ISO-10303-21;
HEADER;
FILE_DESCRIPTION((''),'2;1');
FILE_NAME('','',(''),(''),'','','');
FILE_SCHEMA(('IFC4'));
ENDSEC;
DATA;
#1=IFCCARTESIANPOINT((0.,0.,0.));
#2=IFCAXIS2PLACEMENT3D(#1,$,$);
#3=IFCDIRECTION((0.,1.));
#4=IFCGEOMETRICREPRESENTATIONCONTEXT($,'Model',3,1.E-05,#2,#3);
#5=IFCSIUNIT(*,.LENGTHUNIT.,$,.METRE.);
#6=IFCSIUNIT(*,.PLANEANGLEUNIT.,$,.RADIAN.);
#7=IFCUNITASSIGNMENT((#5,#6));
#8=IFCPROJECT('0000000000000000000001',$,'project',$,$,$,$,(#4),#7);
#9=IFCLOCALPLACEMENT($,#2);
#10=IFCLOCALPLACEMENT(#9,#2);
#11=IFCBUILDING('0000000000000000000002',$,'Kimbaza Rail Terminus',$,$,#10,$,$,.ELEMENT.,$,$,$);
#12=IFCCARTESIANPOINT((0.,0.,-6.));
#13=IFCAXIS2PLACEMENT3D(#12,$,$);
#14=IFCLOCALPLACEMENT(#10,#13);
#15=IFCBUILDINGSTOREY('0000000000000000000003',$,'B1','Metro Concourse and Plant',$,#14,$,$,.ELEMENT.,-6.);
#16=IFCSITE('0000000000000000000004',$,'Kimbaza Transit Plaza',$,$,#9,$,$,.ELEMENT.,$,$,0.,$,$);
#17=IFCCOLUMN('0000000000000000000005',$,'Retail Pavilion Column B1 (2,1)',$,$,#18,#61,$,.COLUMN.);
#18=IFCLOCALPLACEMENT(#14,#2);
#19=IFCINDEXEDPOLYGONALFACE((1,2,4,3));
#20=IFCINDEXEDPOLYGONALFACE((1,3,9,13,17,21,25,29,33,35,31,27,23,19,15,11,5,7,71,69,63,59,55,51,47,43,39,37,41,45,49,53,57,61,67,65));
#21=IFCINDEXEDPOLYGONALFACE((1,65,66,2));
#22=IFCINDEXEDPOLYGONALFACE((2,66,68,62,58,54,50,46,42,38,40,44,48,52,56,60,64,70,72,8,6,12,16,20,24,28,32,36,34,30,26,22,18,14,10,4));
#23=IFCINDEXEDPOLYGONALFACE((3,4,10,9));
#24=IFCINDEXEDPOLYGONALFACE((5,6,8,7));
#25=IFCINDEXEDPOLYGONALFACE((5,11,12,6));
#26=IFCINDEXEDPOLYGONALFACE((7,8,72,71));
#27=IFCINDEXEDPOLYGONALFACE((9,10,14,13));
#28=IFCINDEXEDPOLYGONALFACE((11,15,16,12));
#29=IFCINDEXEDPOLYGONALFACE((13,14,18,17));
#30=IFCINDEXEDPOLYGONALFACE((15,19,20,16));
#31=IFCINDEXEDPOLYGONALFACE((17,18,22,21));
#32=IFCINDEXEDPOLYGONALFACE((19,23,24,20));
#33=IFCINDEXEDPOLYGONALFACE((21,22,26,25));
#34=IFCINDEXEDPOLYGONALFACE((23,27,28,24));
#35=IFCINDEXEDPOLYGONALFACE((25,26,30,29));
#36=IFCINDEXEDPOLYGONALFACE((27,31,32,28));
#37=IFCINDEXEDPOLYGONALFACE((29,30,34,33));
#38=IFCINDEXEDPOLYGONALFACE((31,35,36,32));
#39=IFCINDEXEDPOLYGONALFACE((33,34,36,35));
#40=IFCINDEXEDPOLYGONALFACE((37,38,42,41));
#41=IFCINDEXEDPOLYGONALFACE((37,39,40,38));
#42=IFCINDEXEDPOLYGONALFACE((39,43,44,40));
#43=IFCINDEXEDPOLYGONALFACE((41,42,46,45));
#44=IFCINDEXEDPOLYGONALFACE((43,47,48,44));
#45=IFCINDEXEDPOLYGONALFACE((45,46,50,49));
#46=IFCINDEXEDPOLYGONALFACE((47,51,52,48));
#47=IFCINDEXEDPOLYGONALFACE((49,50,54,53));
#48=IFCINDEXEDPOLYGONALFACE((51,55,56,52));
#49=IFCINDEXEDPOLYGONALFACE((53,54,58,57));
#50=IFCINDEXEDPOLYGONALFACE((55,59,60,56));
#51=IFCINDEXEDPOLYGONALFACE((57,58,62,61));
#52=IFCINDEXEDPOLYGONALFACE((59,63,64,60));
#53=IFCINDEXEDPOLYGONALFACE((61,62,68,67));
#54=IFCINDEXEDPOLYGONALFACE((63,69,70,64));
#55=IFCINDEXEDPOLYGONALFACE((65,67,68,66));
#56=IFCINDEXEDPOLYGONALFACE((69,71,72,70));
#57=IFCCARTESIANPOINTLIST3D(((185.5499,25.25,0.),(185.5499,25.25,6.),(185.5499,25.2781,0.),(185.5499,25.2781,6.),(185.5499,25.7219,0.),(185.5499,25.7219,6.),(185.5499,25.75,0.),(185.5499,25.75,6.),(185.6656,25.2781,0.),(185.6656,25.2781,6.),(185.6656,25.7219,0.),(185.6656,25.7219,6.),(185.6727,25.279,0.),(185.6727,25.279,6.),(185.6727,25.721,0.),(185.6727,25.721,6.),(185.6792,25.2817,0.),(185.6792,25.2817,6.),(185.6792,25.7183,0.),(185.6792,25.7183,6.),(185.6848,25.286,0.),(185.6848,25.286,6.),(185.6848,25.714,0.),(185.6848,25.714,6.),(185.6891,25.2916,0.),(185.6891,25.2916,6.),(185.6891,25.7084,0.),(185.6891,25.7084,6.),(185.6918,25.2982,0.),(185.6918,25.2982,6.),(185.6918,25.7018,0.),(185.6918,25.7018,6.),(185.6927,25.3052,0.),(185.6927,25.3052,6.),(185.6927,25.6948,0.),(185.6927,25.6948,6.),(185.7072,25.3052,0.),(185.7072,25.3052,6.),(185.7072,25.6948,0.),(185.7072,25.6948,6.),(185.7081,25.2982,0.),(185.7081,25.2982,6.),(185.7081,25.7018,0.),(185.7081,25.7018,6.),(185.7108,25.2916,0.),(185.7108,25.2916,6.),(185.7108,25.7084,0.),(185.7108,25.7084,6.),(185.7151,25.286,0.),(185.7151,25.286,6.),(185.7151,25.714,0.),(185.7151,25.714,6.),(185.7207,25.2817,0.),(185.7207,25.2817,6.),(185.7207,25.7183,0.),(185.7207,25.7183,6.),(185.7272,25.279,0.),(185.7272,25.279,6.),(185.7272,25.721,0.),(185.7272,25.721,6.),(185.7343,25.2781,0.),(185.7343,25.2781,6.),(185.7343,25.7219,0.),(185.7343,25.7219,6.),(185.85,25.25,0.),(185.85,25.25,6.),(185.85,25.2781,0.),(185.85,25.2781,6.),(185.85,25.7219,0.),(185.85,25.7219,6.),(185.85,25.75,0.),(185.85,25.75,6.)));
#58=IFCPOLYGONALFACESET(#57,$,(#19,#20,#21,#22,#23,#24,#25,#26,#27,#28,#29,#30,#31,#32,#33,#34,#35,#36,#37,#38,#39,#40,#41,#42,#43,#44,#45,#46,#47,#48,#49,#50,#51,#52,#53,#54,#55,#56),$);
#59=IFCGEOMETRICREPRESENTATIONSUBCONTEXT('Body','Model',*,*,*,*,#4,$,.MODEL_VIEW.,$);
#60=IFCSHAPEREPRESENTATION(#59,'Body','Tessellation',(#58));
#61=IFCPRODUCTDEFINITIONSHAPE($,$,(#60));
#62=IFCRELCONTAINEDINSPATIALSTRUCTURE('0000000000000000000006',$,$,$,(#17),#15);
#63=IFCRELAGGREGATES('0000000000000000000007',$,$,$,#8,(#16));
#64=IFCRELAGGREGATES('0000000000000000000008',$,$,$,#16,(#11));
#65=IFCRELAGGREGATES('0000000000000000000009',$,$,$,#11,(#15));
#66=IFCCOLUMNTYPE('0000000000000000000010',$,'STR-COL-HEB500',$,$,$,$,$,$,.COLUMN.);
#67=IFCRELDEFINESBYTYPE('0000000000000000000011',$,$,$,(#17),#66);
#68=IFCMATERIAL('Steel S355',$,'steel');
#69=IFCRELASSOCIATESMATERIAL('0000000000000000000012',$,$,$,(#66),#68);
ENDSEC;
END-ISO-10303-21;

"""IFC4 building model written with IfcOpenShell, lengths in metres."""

from ifc_helpers import new_model, si_unit, direction, frame, origin, origin_2d, place, context, subcontext, project, spatial, i_section, extrude, material, material_profile, profile_set, type_object, element, save


model = new_model("IFC4")

# Units and contexts
model_context = context("Model", 3, precision=1e-05, world=origin(), true_north=direction((0.0, 1.0)))
body_context = subcontext(model_context, "Body", "Model", "MODEL_VIEW")
ifc_project = project(units=[si_unit("LENGTHUNIT", "METRE"), si_unit("PLANEANGLEUNIT", "RADIAN")], contexts=[model_context])

# Site, building, storey
site_placement = place(None, origin())
site = spatial("IfcSite", under=ifc_project, at=site_placement, Name="Kimbaza Transit Plaza", CompositionType="ELEMENT", RefElevation=0.0)
building_placement = place(site_placement, origin())
building = spatial("IfcBuilding", under=site, at=building_placement, Name="Kimbaza Rail Terminus", CompositionType="ELEMENT")
storey_placement = place(building_placement, frame((0.0, 0.0, -6.0)))
storey = spatial("IfcBuildingStorey", under=building, at=storey_placement, Name="B1", Description="Metro Concourse and Plant", CompositionType="ELEMENT", Elevation=-6.0)

# Column
ifc_material_1 = material(Name="Steel S355", Category="steel")
ifc_material_profile_1 = material_profile(ifc_material_1, i_section(OverallWidth=0.3, OverallDepth=0.5, WebThickness=0.0144, FlangeThickness=0.0281, FilletRadius=0.0271, at=origin_2d()), Name="HEB 500")
ifc_profile_set_1 = profile_set([ifc_material_profile_1], Name="Steel S355")
column_type = type_object("IfcColumnType", Name="STR-COL-HEB500", PredefinedType="COLUMN", material=ifc_profile_set_1)
for number, where, z_axis, x_axis, name in (
    (1, (185.7, 25.5, 0.0), (0.0, 0.0, 1.0), (1.0, 0.0, 0.0), "Retail Pavilion Column B1 (2,1)"),
):
    element("IfcColumn", number, at=place(storey_placement, frame(where, z_axis=z_axis, x_axis=x_axis)), inside=storey, type_object=column_type, Name=name, PredefinedType="COLUMN", context=body_context, shape_type="SweptSolid", body=[
        extrude(i_section(OverallWidth=0.3, OverallDepth=0.5, WebThickness=0.0144, FlangeThickness=0.0281, FilletRadius=0.0271, at=origin_2d()), origin(), (0.0, 0.0, 1.0), 6.0),
    ])

save(model, "model.ifc")
